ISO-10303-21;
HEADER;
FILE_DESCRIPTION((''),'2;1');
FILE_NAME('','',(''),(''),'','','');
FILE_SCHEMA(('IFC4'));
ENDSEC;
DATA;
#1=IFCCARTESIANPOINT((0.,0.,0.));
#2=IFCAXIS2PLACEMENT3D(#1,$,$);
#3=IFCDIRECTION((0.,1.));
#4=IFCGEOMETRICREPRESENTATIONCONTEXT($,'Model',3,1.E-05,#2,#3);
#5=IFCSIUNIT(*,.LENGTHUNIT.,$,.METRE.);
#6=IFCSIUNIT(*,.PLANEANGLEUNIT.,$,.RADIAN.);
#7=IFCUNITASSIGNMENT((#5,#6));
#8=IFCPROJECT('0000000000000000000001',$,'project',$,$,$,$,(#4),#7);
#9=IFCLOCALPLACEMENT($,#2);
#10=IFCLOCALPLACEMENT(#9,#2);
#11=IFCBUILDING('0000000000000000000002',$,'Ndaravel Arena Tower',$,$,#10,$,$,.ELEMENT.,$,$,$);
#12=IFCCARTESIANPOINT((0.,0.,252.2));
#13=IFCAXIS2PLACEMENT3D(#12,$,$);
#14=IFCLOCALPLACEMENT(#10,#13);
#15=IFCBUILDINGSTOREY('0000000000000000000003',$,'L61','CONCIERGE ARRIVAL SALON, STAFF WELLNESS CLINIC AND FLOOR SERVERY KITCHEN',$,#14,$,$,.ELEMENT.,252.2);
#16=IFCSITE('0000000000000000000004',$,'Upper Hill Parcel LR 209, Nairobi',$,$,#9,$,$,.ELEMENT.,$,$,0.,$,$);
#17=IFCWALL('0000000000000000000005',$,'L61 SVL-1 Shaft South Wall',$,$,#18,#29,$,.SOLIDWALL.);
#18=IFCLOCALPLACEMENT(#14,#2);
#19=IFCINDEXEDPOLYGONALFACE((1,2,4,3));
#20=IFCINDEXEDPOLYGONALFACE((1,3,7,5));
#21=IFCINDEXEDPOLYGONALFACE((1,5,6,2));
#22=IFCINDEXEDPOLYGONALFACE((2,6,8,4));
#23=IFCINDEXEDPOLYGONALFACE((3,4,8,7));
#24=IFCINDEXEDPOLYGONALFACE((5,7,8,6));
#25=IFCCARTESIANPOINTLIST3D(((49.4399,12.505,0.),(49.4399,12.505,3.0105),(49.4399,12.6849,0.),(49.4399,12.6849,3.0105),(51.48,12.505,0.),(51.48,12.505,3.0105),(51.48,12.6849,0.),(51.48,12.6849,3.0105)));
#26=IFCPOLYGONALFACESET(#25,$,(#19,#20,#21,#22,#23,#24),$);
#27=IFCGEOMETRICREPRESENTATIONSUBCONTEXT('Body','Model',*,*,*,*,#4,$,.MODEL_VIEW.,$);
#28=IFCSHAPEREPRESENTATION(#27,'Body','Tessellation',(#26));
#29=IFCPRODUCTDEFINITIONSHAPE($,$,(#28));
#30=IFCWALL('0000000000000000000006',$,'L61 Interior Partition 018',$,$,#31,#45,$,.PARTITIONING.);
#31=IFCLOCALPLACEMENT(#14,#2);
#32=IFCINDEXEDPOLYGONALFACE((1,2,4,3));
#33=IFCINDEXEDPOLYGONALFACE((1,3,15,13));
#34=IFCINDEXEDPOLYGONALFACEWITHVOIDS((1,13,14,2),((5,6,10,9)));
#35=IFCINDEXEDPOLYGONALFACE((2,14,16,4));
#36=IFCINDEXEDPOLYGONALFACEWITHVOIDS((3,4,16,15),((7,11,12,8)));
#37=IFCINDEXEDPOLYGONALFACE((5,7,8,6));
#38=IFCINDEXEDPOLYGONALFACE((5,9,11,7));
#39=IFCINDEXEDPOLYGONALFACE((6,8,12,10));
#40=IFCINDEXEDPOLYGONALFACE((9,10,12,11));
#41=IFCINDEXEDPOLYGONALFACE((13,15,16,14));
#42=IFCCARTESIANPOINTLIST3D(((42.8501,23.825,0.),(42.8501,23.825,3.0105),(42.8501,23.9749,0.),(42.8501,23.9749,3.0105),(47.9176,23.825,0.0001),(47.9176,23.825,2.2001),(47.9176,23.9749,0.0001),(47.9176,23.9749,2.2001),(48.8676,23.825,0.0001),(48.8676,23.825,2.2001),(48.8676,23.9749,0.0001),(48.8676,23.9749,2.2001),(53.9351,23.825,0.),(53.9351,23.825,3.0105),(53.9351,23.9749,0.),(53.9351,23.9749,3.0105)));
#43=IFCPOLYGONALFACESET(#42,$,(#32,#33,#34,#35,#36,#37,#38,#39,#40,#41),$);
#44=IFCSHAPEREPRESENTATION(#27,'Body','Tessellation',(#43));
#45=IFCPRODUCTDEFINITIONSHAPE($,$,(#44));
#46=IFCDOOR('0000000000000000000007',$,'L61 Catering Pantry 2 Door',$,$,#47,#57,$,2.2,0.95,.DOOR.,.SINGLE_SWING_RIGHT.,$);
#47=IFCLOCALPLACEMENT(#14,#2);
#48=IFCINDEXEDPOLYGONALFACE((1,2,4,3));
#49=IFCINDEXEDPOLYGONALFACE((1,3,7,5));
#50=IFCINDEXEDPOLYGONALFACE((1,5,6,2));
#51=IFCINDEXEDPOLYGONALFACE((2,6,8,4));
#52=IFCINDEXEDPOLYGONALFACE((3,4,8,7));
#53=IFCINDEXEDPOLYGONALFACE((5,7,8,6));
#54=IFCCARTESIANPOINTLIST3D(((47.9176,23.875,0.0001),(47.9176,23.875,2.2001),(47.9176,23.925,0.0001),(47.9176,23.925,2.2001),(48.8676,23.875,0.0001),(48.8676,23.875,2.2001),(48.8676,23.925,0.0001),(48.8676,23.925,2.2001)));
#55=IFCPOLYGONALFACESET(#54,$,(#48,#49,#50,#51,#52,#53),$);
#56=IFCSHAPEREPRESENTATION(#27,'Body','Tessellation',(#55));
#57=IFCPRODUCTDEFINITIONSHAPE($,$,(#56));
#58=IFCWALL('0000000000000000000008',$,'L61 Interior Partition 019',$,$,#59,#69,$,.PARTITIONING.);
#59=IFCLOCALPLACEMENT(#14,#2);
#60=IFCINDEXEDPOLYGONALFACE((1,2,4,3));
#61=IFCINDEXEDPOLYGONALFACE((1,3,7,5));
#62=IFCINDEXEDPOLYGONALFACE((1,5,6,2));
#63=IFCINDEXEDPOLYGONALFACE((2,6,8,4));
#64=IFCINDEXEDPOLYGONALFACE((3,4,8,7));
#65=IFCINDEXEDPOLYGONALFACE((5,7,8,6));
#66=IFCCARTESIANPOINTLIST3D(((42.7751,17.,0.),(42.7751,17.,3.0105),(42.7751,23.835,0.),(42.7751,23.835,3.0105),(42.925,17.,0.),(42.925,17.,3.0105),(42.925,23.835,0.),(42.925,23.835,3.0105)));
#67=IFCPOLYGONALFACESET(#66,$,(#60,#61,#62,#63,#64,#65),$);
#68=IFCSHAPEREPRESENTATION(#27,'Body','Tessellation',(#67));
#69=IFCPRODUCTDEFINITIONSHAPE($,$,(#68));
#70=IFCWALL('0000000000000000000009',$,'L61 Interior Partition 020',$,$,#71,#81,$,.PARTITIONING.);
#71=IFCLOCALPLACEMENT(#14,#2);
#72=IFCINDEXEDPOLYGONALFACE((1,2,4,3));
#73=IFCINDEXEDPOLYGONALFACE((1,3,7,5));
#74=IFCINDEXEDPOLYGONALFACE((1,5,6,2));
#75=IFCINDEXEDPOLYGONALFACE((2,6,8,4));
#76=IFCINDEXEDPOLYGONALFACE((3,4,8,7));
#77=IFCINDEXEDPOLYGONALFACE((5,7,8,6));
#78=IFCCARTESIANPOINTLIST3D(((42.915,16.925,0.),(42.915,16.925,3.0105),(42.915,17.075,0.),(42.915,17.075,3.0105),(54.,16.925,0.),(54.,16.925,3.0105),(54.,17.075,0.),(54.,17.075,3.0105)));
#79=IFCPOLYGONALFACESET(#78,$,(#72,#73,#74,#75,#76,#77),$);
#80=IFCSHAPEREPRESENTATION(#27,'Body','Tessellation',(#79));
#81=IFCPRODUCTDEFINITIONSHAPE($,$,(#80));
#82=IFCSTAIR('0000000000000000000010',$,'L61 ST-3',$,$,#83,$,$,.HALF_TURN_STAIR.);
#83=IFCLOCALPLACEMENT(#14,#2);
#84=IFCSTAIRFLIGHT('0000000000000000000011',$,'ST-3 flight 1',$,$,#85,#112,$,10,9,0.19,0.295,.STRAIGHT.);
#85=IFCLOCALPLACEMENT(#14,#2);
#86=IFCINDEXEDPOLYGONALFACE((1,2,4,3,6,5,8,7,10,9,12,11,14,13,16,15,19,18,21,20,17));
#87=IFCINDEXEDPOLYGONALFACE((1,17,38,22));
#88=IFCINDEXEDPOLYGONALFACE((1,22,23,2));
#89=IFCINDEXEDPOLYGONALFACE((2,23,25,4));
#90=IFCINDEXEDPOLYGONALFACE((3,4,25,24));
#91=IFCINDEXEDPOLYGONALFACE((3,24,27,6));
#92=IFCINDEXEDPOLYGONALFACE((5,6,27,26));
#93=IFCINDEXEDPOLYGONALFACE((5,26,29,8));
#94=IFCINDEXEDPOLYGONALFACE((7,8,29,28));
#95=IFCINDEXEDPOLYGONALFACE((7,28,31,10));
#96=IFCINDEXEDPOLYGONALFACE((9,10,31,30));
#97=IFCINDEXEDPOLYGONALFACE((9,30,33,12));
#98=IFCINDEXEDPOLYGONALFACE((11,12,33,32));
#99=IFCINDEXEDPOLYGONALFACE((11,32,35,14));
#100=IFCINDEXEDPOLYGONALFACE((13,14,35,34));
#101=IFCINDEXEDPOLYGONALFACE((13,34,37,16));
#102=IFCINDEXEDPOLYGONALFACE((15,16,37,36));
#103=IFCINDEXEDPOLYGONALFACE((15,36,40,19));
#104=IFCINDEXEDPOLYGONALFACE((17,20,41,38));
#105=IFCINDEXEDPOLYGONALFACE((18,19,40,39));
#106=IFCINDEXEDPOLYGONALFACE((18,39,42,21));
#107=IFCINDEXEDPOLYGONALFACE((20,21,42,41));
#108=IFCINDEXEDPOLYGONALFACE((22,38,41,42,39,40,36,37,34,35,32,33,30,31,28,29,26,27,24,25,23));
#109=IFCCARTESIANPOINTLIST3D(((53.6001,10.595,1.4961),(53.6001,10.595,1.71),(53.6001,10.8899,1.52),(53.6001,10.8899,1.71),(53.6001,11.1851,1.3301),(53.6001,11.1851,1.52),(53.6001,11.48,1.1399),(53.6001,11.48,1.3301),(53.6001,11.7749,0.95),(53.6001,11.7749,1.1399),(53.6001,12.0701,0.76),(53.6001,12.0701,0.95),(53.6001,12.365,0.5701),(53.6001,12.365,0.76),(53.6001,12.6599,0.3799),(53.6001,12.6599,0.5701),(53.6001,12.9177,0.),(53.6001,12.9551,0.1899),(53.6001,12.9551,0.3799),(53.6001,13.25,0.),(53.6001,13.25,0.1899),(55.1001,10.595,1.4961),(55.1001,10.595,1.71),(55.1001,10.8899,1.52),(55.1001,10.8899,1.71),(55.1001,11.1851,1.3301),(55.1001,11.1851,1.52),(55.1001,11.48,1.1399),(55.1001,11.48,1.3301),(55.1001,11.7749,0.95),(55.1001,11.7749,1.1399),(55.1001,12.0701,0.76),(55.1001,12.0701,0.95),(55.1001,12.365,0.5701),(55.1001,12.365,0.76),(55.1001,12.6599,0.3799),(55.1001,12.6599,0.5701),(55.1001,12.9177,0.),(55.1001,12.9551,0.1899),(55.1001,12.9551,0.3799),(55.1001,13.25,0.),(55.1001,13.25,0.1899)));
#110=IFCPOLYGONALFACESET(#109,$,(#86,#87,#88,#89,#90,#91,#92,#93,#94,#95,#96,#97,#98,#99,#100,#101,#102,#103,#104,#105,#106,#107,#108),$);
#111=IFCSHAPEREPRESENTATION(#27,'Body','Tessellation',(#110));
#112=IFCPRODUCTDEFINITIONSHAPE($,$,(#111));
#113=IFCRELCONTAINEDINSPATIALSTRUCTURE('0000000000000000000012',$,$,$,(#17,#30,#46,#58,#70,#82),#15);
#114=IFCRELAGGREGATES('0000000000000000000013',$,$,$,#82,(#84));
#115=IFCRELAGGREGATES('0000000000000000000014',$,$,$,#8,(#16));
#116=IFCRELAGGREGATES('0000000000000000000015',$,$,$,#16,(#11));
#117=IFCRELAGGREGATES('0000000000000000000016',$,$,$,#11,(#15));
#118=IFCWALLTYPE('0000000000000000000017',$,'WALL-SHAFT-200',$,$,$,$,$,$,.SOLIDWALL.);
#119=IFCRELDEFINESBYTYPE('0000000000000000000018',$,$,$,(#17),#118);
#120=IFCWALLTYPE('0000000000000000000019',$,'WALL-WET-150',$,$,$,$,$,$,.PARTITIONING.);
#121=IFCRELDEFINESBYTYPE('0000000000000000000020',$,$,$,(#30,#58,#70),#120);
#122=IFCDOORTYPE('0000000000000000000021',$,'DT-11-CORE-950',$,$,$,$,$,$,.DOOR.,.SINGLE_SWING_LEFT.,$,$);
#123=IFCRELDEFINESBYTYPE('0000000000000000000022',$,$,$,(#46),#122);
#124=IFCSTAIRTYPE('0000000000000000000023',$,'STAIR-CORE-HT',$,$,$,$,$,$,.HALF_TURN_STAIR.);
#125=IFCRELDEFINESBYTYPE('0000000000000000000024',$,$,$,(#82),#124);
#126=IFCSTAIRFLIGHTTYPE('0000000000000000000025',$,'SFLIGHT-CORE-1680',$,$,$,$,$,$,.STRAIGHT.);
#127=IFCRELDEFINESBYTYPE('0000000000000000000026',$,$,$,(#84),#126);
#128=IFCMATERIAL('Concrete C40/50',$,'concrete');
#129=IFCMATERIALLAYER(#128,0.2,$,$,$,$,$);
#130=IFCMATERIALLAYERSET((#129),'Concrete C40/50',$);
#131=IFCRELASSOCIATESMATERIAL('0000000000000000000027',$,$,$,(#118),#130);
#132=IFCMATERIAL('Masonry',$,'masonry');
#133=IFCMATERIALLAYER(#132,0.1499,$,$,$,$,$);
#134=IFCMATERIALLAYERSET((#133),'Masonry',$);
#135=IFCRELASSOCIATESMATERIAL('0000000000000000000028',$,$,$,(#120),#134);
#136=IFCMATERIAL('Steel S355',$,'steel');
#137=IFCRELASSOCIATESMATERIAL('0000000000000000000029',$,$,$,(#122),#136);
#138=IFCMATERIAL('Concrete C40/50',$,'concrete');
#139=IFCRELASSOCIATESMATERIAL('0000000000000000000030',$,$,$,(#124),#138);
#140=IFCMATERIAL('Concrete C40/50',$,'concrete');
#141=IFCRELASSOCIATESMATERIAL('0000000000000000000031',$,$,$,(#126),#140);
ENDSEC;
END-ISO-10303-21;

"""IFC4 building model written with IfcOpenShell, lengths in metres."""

from ifc_helpers import new_model, si_unit, direction, frame, frame_2d, origin, place, context, subcontext, project, spatial, polyline, rectangle, outline, extrude, material, layer, layer_set, type_object, element, fill, aggregate, save


model = new_model("IFC4")

# Units and contexts
model_context = context("Model", 3, precision=1e-05, world=origin(), true_north=direction((0.0, 1.0)))
body_context = subcontext(model_context, "Body", "Model", "MODEL_VIEW")
ifc_project = project(units=[si_unit("LENGTHUNIT", "METRE"), si_unit("PLANEANGLEUNIT", "RADIAN")], contexts=[model_context])

# Site, building, storey
site_placement = place(None, origin())
site = spatial("IfcSite", under=ifc_project, at=site_placement, Name="Upper Hill Parcel LR 209, Nairobi", CompositionType="ELEMENT", RefElevation=0.0)
building_placement = place(site_placement, origin())
building = spatial("IfcBuilding", under=site, at=building_placement, Name="Ndaravel Arena Tower", CompositionType="ELEMENT")
storey_placement = place(building_placement, frame((0.0, 0.0, 252.2)))
storey = spatial("IfcBuildingStorey", under=building, at=storey_placement, Name="L61", Description="CONCIERGE ARRIVAL SALON, STAFF WELLNESS CLINIC AND FLOOR SERVERY KITCHEN", CompositionType="ELEMENT", Elevation=252.2)

# Wall
ifc_material_1 = material(Name="Concrete C40/50", Category="concrete")
ifc_layer_1 = layer(ifc_material_1, 0.2)
ifc_layer_set_1 = layer_set([ifc_layer_1], Name="Concrete C40/50")
wall_type_1 = type_object("IfcWallType", Name="WALL-SHAFT-200", PredefinedType="SOLIDWALL", material=ifc_layer_set_1)
wall_1_placement = place(storey_placement, frame((49.4399, 12.595, 0.0), z_axis=(0.0, 0.0, 1.0), x_axis=(1.0, 0.0, 0.0)))
element("IfcWall", 1, at=wall_1_placement, inside=storey, type_object=wall_type_1, Name="L61 SVL-1 Shaft South Wall", PredefinedType="SOLIDWALL", context=body_context, shape_type="SweptSolid", body=[
    extrude(rectangle(XDim=2.04, YDim=0.1799, at=frame_2d((1.02, 0.0))), origin(), (0.0, 0.0, 1.0), 3.0105),
])

# Wall, opening, door
ifc_material_2 = material(Name="Masonry", Category="masonry")
ifc_layer_2 = layer(ifc_material_2, 0.1499)
ifc_layer_set_2 = layer_set([ifc_layer_2], Name="Masonry")
wall_type_2 = type_object("IfcWallType", Name="WALL-WET-150", PredefinedType="PARTITIONING", material=ifc_layer_set_2)
wall_2_placement = place(storey_placement, frame((53.9351, 23.8999, 0.0), z_axis=(0.0, 0.0, 1.0), x_axis=(-1.0, 0.0, 0.0)))
wall_2 = element("IfcWall", 2, at=wall_2_placement, inside=storey, type_object=wall_type_2, Name="L61 Interior Partition 018", PredefinedType="PARTITIONING", context=body_context, shape_type="SweptSolid", body=[
    extrude(rectangle(XDim=11.085, YDim=0.1499, at=frame_2d((5.5425, 0.0))), origin(), (0.0, 0.0, 1.0), 3.0105),
])
opening_1_placement = place(wall_2_placement, frame((5.0674, 0.0, 0.0)))
opening_1 = element("IfcOpeningElement", 3, at=opening_1_placement, cuts=wall_2, PredefinedType="OPENING", context=body_context, shape_type="SweptSolid", body=[
    extrude(rectangle(XDim=0.95, YDim=2.2, at=frame_2d((0.4751, 1.1001))), frame((0.0, 0.075, 0.0), z_axis=(0.0, -1.0, 0.0), x_axis=(1.0, 0.0, 0.0)), (0.0, 0.0, 1.0), 0.1499),
])
ifc_material_3 = material(Name="Steel S355", Category="steel")
door_type_1 = type_object("IfcDoorType", Name="DT-11-CORE-950", OperationType="SINGLE_SWING_LEFT", PredefinedType="DOOR", material=ifc_material_3)
door_1_placement = place(opening_1_placement, origin())
door_1 = element("IfcDoor", 4, at=door_1_placement, inside=storey, type_object=door_type_1, Name="L61 Catering Pantry 2 Door", OperationType="SINGLE_SWING_RIGHT", OverallHeight=2.2, OverallWidth=0.95, PredefinedType="DOOR", context=body_context, shape_type="SweptSolid", body=[
    extrude(rectangle(XDim=0.95, YDim=2.2, at=frame_2d((0.4751, 1.1001))), frame((0.0, 0.0249, 0.0), z_axis=(0.0, -1.0, 0.0), x_axis=(1.0, 0.0, 0.0)), (0.0, 0.0, 1.0), 0.05),
])
fill(opening_1, door_1)

# Walls
wall_3_placement = place(storey_placement, frame((42.8501, 23.835, 0.0), z_axis=(0.0, 0.0, 1.0), x_axis=(0.0, -1.0, 0.0)))
element("IfcWall", 5, at=wall_3_placement, inside=storey, type_object=wall_type_2, Name="L61 Interior Partition 019", PredefinedType="PARTITIONING", context=body_context, shape_type="SweptSolid", body=[
    extrude(rectangle(XDim=6.835, YDim=0.1499, at=frame_2d((3.4175, 0.0))), origin(), (0.0, 0.0, 1.0), 3.0105),
])
wall_4_placement = place(storey_placement, frame((42.915, 17.0, 0.0), z_axis=(0.0, 0.0, 1.0), x_axis=(1.0, 0.0, 0.0)))
element("IfcWall", 6, at=wall_4_placement, inside=storey, type_object=wall_type_2, Name="L61 Interior Partition 020", PredefinedType="PARTITIONING", context=body_context, shape_type="SweptSolid", body=[
    extrude(rectangle(XDim=11.085, YDim=0.1499, at=frame_2d((5.5425, 0.0))), origin(), (0.0, 0.0, 1.0), 3.0105),
])

# Stair, stair flight
ifc_material_4 = material(Name="Concrete C40/50", Category="concrete")
stair_type = type_object("IfcStairType", Name="STAIR-CORE-HT", PredefinedType="HALF_TURN_STAIR", material=ifc_material_4)
stair_placement = place(storey_placement, origin())
stair = element("IfcStair", 7, at=stair_placement, inside=storey, type_object=stair_type, Name="L61 ST-3", PredefinedType="HALF_TURN_STAIR")
ifc_material_5 = material(Name="Concrete C40/50", Category="concrete")
stair_flight_type = type_object("IfcStairFlightType", Name="SFLIGHT-CORE-1680", PredefinedType="STRAIGHT", material=ifc_material_5)
stair_flight_placement = place(storey_placement, frame((54.3501, 13.25, 0.0), z_axis=(0.0, 0.0, 1.0), x_axis=(0.0, -1.0, 0.0)))
stair_flight = element("IfcStairFlight", 8, at=stair_flight_placement, type_object=stair_flight_type, Name="ST-3 flight 1", NumberOfRisers=10, NumberOfTreads=9, PredefinedType="STRAIGHT", RiserHeight=0.19, TreadLength=0.295, context=body_context, shape_type="SweptSolid", body=[
    extrude(outline(polyline([(0.0, 0.0), (0.0, 0.1899), (0.2949, 0.1899), (0.2949, 0.3799), (0.5901, 0.3799), (0.5901, 0.5701), (0.885, 0.5701), (0.885, 0.76), (1.1799, 0.76), (1.1799, 0.95), (1.4751, 0.95), (1.4751, 1.1399), (1.77, 1.1399), (1.77, 1.3301), (2.0649, 1.3301), (2.0649, 1.52), (2.3601, 1.52), (2.3601, 1.71), (2.655, 1.71), (2.655, 1.8999), (2.655, 1.4961), (0.3323, 0.0), (0.0, 0.0)])), frame((0.0, 0.75, 0.0), z_axis=(0.0, -1.0, 0.0), x_axis=(1.0, 0.0, 0.0)), (0.0, 0.0, 1.0), 1.5),
])
aggregate(stair, [stair_flight])

save(model, "model.ifc")
